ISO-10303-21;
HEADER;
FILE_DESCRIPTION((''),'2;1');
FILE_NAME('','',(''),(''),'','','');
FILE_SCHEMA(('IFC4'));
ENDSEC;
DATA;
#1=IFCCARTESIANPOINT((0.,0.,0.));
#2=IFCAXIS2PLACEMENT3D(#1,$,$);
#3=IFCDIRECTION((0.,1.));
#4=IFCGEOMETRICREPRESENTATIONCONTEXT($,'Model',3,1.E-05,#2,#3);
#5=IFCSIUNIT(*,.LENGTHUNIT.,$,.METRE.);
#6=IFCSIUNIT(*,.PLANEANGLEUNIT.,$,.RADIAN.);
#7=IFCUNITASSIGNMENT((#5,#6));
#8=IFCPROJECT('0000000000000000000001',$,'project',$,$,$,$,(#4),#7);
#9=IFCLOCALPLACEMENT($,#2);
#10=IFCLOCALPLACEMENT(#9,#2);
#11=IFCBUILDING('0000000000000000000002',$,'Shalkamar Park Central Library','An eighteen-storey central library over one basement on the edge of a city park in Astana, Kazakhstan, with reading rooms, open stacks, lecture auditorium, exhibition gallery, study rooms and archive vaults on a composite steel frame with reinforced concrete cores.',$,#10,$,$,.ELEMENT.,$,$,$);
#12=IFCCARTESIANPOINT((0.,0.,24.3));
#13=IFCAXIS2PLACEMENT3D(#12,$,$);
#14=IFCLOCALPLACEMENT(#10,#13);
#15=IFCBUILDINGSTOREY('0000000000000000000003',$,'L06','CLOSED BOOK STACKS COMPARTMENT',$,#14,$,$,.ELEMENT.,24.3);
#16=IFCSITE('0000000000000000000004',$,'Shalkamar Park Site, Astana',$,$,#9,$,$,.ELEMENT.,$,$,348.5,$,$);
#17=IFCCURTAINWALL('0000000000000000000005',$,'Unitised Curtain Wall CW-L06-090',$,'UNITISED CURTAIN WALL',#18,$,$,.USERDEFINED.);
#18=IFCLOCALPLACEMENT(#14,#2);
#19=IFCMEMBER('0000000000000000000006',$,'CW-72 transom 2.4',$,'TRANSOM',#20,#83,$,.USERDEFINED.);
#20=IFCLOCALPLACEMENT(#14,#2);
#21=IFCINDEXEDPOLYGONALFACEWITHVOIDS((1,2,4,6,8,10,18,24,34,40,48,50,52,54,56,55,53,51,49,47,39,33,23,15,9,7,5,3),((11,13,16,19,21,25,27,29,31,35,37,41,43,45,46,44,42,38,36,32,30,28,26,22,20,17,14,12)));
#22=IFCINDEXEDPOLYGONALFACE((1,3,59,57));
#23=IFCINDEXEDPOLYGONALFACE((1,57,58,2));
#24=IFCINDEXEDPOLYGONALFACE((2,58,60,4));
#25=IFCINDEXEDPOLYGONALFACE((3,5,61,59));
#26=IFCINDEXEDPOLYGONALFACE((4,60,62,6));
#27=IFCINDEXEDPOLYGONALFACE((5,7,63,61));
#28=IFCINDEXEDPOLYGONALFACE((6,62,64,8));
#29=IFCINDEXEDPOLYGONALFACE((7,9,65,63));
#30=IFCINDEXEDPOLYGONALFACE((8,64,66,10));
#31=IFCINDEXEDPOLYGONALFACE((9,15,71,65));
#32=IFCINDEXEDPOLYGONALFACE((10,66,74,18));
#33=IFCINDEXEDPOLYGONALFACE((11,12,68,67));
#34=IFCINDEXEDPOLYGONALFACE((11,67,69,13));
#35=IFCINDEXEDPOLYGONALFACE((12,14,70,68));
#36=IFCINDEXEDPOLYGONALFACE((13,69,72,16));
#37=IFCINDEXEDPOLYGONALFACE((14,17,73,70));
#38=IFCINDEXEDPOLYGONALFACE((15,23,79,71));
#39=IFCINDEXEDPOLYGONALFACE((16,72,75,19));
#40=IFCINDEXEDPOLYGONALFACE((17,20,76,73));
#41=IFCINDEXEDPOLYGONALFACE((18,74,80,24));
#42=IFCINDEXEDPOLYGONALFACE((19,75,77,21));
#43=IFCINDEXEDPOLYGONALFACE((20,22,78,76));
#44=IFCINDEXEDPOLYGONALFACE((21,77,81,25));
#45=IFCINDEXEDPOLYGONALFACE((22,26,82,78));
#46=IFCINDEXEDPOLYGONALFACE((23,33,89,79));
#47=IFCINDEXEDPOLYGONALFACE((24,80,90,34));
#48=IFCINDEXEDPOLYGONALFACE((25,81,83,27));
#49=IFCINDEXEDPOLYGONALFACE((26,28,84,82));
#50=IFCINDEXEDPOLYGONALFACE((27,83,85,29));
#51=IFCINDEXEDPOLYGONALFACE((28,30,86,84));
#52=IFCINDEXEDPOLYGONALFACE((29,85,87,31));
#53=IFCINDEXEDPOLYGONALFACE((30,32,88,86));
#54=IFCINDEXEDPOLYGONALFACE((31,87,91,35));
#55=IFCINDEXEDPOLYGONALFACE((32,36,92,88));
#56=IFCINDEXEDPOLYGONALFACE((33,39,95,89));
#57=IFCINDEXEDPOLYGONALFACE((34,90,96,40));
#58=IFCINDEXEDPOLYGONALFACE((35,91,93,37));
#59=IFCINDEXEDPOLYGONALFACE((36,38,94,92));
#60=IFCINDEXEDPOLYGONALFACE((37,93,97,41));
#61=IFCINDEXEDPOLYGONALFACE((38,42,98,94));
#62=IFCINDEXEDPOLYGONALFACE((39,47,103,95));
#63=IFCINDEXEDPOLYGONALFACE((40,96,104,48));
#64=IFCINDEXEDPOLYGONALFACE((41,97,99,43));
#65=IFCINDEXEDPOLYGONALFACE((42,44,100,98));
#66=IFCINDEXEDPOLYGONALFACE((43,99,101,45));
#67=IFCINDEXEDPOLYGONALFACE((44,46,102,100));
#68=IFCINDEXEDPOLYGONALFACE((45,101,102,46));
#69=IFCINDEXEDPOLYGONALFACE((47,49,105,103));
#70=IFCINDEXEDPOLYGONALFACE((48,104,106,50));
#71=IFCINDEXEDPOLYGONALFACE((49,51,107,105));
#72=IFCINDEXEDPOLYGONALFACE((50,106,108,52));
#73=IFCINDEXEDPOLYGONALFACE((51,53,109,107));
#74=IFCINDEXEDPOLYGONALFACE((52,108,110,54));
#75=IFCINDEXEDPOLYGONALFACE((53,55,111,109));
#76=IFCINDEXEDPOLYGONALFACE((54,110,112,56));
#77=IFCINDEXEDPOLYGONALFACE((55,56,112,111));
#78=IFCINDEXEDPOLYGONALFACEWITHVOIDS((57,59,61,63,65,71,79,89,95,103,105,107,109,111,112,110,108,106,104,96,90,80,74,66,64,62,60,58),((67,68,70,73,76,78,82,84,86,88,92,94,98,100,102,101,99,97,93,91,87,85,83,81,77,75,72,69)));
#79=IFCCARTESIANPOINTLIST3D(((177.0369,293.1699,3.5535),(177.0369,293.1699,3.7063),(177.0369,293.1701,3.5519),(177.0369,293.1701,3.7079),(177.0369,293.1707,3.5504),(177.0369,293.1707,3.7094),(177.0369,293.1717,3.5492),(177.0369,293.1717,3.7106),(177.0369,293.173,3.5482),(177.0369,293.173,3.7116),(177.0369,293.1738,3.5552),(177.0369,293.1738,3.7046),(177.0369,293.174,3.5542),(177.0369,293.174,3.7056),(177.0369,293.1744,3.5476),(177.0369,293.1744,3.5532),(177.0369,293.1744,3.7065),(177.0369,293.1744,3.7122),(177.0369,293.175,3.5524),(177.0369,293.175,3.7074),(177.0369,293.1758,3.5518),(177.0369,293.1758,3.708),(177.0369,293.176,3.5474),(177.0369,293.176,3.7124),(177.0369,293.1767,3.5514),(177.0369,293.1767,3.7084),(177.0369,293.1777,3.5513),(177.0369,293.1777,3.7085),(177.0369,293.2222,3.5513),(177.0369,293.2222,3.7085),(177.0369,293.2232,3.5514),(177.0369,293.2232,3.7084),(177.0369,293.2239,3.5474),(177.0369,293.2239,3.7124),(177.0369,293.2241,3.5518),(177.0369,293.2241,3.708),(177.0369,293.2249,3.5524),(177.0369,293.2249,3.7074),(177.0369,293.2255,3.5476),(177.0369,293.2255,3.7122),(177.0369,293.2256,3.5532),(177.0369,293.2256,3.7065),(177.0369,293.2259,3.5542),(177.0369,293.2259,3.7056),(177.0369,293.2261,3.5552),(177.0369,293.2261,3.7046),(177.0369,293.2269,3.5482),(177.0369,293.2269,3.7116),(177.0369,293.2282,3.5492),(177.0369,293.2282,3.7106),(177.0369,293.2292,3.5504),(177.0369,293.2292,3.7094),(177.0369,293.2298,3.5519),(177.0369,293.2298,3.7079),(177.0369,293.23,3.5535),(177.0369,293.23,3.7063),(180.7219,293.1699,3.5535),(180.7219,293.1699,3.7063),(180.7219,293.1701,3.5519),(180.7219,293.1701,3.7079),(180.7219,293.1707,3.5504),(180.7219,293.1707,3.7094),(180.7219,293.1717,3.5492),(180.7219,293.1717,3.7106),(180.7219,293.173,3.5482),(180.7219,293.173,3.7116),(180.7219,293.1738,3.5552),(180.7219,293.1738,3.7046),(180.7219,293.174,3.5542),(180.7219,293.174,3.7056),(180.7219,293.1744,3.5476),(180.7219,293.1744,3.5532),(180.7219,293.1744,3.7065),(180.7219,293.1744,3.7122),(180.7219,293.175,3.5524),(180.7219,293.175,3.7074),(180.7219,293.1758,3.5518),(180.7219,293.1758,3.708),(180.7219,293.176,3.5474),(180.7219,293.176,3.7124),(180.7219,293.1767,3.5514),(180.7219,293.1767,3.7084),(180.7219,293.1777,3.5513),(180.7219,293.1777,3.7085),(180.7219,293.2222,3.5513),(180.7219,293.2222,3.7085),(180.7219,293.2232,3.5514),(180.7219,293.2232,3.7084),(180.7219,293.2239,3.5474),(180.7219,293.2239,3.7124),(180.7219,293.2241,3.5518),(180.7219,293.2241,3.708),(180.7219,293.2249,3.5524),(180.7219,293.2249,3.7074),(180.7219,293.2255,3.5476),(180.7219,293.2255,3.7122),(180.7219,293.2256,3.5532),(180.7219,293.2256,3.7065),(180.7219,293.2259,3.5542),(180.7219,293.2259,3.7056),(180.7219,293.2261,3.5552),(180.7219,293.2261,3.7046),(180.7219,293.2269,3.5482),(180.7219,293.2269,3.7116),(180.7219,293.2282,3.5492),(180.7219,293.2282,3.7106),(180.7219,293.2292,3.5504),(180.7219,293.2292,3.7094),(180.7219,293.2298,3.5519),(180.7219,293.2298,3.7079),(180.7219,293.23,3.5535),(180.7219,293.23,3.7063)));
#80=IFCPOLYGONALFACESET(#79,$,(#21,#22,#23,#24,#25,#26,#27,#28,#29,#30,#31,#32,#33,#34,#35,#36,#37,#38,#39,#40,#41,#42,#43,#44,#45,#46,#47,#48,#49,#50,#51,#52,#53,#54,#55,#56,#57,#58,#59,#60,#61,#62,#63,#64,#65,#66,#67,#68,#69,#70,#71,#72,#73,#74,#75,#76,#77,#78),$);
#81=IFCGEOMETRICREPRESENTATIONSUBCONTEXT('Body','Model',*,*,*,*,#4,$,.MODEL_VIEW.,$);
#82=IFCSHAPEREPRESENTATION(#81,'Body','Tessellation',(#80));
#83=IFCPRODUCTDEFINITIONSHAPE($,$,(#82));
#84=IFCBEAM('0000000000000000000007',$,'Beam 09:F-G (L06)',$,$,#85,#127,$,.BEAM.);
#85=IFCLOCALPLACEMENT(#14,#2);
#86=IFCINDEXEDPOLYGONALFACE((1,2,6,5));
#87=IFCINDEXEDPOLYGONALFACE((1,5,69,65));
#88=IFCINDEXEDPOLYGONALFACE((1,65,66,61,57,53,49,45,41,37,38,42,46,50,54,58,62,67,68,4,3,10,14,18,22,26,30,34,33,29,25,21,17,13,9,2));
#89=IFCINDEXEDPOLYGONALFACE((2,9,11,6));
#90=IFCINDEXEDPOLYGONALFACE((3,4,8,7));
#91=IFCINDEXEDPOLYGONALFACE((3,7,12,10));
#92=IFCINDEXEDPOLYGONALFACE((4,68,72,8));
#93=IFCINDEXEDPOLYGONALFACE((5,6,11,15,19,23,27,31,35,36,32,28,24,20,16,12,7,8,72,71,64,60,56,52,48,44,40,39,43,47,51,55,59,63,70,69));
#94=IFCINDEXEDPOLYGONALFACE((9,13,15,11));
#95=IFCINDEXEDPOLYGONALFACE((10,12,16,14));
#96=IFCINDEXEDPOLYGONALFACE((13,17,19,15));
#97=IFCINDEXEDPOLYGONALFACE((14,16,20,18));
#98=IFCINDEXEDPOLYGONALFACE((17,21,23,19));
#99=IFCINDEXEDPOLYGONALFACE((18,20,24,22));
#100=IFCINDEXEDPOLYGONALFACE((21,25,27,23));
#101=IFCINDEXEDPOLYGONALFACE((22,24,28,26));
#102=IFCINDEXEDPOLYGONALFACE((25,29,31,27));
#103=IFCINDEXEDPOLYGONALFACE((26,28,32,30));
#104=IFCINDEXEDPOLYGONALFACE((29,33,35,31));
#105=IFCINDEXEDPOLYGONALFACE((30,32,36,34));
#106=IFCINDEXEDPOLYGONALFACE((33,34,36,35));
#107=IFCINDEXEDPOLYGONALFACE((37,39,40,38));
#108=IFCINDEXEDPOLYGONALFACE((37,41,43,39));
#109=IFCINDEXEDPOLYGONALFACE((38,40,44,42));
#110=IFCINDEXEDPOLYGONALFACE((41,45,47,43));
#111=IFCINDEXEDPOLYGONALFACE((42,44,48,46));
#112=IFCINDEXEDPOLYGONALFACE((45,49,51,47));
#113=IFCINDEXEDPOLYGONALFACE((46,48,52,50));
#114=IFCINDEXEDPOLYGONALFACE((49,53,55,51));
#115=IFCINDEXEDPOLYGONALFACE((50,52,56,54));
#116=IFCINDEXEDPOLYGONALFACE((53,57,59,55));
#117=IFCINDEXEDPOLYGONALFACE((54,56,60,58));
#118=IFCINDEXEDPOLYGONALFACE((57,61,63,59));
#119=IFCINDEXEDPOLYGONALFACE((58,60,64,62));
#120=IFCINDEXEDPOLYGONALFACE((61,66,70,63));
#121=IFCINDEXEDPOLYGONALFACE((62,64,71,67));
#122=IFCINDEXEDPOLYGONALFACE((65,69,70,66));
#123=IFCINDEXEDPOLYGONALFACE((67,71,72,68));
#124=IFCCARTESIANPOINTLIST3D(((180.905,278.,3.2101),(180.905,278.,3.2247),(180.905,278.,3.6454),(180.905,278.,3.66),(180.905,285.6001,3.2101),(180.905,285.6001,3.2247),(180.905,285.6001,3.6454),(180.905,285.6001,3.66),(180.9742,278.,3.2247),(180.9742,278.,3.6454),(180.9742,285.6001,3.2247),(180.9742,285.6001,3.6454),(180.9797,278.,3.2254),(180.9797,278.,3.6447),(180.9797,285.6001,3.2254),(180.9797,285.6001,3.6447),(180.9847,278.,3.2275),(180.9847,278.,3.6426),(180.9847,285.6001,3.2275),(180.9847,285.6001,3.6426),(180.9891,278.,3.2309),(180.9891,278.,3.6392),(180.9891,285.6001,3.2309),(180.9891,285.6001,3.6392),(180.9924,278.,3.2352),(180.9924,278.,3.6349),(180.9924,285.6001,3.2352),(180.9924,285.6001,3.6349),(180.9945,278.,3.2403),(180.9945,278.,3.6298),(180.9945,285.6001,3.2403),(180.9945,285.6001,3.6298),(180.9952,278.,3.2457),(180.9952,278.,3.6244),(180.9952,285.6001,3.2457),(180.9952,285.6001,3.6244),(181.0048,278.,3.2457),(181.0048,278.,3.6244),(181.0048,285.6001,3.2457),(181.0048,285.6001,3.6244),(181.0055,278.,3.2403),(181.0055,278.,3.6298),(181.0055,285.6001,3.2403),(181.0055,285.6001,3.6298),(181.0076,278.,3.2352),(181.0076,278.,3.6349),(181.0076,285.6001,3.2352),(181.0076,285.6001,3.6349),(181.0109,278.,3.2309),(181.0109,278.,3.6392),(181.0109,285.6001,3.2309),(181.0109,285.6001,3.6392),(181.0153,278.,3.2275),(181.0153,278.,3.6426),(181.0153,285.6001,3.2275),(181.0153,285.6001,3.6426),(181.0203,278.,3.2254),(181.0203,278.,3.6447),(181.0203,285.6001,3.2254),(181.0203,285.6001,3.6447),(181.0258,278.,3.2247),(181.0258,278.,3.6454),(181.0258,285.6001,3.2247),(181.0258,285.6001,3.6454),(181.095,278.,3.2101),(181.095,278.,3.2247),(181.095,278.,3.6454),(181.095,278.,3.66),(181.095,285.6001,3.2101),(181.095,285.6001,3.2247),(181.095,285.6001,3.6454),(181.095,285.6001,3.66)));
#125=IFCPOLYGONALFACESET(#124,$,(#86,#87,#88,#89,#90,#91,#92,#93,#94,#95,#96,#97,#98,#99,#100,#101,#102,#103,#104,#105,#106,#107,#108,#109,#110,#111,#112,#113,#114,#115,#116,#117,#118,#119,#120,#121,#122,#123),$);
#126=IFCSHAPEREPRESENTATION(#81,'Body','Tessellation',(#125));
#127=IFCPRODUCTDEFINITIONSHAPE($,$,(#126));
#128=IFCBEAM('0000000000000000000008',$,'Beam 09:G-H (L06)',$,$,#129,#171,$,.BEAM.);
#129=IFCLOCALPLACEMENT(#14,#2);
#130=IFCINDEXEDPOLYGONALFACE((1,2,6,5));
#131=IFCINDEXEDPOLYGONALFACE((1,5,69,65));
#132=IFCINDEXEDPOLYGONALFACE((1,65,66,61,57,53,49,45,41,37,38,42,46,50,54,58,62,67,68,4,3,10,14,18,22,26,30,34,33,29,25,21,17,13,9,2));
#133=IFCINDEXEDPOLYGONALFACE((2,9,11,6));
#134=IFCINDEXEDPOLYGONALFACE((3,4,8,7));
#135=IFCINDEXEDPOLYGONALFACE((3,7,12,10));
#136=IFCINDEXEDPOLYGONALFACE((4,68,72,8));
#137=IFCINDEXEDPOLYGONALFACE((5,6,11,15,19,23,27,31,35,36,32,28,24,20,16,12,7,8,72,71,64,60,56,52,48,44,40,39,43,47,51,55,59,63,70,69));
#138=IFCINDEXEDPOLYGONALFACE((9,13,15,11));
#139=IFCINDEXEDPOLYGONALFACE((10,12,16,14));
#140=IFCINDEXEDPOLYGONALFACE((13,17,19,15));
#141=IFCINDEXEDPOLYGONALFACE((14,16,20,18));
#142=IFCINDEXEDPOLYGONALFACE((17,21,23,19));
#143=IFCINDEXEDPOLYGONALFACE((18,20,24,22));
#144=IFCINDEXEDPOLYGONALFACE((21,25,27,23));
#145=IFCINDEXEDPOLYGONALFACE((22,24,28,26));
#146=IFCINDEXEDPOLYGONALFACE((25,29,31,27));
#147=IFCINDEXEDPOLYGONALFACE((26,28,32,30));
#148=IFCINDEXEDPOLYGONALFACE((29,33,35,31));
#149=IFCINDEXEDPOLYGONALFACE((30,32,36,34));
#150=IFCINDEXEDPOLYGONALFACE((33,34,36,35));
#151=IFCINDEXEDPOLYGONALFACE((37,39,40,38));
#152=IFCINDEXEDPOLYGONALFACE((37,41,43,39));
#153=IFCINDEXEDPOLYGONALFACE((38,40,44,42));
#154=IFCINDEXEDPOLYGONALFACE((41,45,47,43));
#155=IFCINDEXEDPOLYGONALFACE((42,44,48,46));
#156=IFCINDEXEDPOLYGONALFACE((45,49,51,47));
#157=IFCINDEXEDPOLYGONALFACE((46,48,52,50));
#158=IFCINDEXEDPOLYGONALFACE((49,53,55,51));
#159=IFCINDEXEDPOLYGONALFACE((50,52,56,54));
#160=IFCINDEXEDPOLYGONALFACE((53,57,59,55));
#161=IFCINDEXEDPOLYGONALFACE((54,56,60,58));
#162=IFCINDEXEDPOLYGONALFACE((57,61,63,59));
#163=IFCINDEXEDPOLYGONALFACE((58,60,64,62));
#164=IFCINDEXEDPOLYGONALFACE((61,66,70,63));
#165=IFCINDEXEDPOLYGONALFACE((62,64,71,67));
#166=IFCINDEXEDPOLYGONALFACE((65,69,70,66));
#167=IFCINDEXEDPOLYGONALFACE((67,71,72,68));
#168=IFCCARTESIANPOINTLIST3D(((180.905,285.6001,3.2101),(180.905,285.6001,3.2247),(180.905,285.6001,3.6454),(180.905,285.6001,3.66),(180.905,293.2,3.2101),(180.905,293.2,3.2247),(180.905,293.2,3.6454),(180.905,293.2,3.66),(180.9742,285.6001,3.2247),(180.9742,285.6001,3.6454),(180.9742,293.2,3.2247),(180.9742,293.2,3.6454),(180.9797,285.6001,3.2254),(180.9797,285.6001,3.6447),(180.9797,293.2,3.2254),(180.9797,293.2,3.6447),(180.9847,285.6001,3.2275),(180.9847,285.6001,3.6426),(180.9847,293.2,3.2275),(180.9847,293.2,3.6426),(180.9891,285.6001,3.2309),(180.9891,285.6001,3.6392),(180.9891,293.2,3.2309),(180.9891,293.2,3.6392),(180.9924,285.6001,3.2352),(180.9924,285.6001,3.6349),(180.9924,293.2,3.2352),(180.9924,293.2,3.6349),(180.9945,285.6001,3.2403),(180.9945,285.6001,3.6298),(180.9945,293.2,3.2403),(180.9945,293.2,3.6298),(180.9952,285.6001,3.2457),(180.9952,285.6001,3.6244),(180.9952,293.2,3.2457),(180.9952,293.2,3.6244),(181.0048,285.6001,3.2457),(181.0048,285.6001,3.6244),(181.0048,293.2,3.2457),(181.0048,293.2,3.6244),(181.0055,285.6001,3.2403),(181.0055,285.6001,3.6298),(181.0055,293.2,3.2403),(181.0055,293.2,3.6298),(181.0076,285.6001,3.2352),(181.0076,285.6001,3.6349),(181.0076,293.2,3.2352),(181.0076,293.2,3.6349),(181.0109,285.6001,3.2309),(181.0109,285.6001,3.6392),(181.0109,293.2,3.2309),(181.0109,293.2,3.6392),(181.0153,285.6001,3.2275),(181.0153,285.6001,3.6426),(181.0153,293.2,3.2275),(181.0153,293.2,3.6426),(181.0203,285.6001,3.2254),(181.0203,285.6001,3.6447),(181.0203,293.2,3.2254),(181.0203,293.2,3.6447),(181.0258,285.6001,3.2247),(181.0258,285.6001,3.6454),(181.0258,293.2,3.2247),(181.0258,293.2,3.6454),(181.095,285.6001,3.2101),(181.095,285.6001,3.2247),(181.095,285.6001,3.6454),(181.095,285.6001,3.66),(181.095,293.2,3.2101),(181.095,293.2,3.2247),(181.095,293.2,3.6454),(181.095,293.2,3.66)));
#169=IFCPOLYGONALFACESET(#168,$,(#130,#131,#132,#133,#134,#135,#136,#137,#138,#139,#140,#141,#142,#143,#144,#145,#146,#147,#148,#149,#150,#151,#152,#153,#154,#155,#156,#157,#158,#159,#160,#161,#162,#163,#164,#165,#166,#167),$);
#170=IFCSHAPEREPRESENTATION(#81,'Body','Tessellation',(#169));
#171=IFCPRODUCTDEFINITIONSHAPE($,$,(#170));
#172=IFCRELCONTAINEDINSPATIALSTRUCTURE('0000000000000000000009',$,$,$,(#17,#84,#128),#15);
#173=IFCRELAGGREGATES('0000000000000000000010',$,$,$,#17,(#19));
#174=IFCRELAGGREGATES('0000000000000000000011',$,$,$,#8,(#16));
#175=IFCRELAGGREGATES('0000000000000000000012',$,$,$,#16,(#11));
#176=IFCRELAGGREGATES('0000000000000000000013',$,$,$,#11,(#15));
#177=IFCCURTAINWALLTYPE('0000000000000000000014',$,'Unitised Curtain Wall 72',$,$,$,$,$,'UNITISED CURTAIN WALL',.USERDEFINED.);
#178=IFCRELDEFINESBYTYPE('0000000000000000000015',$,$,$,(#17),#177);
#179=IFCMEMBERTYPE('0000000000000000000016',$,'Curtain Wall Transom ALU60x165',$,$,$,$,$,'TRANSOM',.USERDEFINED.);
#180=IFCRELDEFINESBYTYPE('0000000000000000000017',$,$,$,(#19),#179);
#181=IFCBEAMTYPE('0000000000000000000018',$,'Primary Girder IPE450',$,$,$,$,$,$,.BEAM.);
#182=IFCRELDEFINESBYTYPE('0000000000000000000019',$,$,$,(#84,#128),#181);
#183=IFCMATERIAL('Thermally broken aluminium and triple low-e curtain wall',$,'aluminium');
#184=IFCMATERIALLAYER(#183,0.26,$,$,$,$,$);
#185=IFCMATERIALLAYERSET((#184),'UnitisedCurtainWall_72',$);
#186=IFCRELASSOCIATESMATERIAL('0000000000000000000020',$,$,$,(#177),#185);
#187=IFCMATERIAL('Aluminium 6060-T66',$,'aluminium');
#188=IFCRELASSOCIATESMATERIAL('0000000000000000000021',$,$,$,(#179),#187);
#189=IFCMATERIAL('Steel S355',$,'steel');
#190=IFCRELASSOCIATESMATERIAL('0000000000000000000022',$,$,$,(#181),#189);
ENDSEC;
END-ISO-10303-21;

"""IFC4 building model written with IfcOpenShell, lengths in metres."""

from ifc_helpers import new_model, si_unit, direction, frame, origin, origin_2d, place, context, subcontext, project, spatial, hollow_rectangle, i_section, extrude, material, layer, layer_set, material_profile, profile_set, type_object, element, aggregate, save


model = new_model("IFC4")

# Units and contexts
model_context = context("Model", 3, precision=1e-05, world=origin(), true_north=direction((0.0, 1.0)))
body_context = subcontext(model_context, "Body", "Model", "MODEL_VIEW")
ifc_project = project(units=[si_unit("LENGTHUNIT", "METRE"), si_unit("PLANEANGLEUNIT", "RADIAN")], contexts=[model_context])

# Site, building, storey
site_placement = place(None, origin())
site = spatial("IfcSite", under=ifc_project, at=site_placement, Name="Shalkamar Park Site, Astana", CompositionType="ELEMENT", RefElevation=348.5)
building_placement = place(site_placement, origin())
building = spatial("IfcBuilding", under=site, at=building_placement, Name="Shalkamar Park Central Library", Description="An eighteen-storey central library over one basement on the edge of a city park in Astana, Kazakhstan, with reading rooms, open stacks, lecture auditorium, exhibition gallery, study rooms and archive vaults on a composite steel frame with reinforced concrete cores.", CompositionType="ELEMENT")
storey_placement = place(building_placement, frame((0.0, 0.0, 24.3)))
storey = spatial("IfcBuildingStorey", under=building, at=storey_placement, Name="L06", Description="CLOSED BOOK STACKS COMPARTMENT", CompositionType="ELEMENT", Elevation=24.3)

# Shared definitions
ifc_material_1 = material(Name="Steel S355", Category="steel")

# Curtain wall, member
ifc_material_2 = material(Name="Thermally broken aluminium and triple low-e curtain wall", Category="aluminium")
ifc_layer_1 = layer(ifc_material_2, 0.26)
ifc_layer_set_1 = layer_set([ifc_layer_1], Name="UnitisedCurtainWall_72")
curtain_wall_type = type_object("IfcCurtainWallType", Name="Unitised Curtain Wall 72", ElementType="UNITISED CURTAIN WALL", PredefinedType="USERDEFINED", material=ifc_layer_set_1)
curtain_wall_placement = place(storey_placement, origin())
curtain_wall = element("IfcCurtainWall", 1, at=curtain_wall_placement, inside=storey, type_object=curtain_wall_type, Name="Unitised Curtain Wall CW-L06-090", ObjectType="UNITISED CURTAIN WALL", PredefinedType="USERDEFINED")
ifc_material_3 = material(Name="Aluminium 6060-T66", Category="aluminium")
ifc_material_profile_1 = material_profile(ifc_material_3, hollow_rectangle(XDim=0.0601, YDim=0.165, WallThickness=0.0039, InnerFilletRadius=0.0039, OuterFilletRadius=0.0061, at=origin_2d()), Name="ALU 60x165x4")
ifc_profile_set_1 = profile_set([ifc_material_profile_1], Name="Aluminium 6060-T66")
member_type_1 = type_object("IfcMemberType", Name="Curtain Wall Transom ALU60x165", ElementType="TRANSOM", PredefinedType="USERDEFINED", material=ifc_profile_set_1)
member_1_placement = place(storey_placement, frame((177.0369, 293.2, 3.6299), z_axis=(1.0, 0.0, 0.0), x_axis=(0.0, 1.0, 0.0)))
member_1 = element("IfcMember", 2, at=member_1_placement, type_object=member_type_1, Name="CW-72 transom 2.4", ObjectType="TRANSOM", PredefinedType="USERDEFINED", context=body_context, shape_type="SweptSolid", body=[
    extrude(hollow_rectangle(XDim=0.0601, YDim=0.165, WallThickness=0.0039, InnerFilletRadius=0.0039, OuterFilletRadius=0.0061, at=origin_2d()), origin(), (0.0, 0.0, 1.0), 3.6851),
])

# Beams
ifc_material_profile_2 = material_profile(ifc_material_1, i_section(OverallWidth=0.1899, OverallDepth=0.45, WebThickness=0.0095, FlangeThickness=0.0146, FilletRadius=0.021, at=origin_2d()), Name="IPE 450")
ifc_profile_set_2 = profile_set([ifc_material_profile_2], Name="Steel S355")
beam_type_1 = type_object("IfcBeamType", Name="Primary Girder IPE450", PredefinedType="BEAM", material=ifc_profile_set_2)
beam_1_placement = place(storey_placement, frame((181.0, 278.0, 3.4351), z_axis=(0.0, 1.0, 0.0), x_axis=(-1.0, 0.0, 0.0)))
element("IfcBeam", 3, at=beam_1_placement, inside=storey, type_object=beam_type_1, Name="Beam 09:F-G (L06)", PredefinedType="BEAM", context=body_context, shape_type="SweptSolid", body=[
    extrude(i_section(OverallWidth=0.1899, OverallDepth=0.45, WebThickness=0.0095, FlangeThickness=0.0146, FilletRadius=0.021, at=origin_2d()), origin(), (0.0, 0.0, 1.0), 7.6001),
])
beam_2_placement = place(storey_placement, frame((181.0, 285.6001, 3.4351), z_axis=(0.0, 1.0, 0.0), x_axis=(-1.0, 0.0, 0.0)))
element("IfcBeam", 4, at=beam_2_placement, inside=storey, type_object=beam_type_1, Name="Beam 09:G-H (L06)", PredefinedType="BEAM", context=body_context, shape_type="SweptSolid", body=[
    extrude(i_section(OverallWidth=0.1899, OverallDepth=0.45, WebThickness=0.0095, FlangeThickness=0.0146, FilletRadius=0.021, at=origin_2d()), origin(), (0.0, 0.0, 1.0), 7.5999),
])

aggregate(curtain_wall, [member_1])

save(model, "model.ifc")
